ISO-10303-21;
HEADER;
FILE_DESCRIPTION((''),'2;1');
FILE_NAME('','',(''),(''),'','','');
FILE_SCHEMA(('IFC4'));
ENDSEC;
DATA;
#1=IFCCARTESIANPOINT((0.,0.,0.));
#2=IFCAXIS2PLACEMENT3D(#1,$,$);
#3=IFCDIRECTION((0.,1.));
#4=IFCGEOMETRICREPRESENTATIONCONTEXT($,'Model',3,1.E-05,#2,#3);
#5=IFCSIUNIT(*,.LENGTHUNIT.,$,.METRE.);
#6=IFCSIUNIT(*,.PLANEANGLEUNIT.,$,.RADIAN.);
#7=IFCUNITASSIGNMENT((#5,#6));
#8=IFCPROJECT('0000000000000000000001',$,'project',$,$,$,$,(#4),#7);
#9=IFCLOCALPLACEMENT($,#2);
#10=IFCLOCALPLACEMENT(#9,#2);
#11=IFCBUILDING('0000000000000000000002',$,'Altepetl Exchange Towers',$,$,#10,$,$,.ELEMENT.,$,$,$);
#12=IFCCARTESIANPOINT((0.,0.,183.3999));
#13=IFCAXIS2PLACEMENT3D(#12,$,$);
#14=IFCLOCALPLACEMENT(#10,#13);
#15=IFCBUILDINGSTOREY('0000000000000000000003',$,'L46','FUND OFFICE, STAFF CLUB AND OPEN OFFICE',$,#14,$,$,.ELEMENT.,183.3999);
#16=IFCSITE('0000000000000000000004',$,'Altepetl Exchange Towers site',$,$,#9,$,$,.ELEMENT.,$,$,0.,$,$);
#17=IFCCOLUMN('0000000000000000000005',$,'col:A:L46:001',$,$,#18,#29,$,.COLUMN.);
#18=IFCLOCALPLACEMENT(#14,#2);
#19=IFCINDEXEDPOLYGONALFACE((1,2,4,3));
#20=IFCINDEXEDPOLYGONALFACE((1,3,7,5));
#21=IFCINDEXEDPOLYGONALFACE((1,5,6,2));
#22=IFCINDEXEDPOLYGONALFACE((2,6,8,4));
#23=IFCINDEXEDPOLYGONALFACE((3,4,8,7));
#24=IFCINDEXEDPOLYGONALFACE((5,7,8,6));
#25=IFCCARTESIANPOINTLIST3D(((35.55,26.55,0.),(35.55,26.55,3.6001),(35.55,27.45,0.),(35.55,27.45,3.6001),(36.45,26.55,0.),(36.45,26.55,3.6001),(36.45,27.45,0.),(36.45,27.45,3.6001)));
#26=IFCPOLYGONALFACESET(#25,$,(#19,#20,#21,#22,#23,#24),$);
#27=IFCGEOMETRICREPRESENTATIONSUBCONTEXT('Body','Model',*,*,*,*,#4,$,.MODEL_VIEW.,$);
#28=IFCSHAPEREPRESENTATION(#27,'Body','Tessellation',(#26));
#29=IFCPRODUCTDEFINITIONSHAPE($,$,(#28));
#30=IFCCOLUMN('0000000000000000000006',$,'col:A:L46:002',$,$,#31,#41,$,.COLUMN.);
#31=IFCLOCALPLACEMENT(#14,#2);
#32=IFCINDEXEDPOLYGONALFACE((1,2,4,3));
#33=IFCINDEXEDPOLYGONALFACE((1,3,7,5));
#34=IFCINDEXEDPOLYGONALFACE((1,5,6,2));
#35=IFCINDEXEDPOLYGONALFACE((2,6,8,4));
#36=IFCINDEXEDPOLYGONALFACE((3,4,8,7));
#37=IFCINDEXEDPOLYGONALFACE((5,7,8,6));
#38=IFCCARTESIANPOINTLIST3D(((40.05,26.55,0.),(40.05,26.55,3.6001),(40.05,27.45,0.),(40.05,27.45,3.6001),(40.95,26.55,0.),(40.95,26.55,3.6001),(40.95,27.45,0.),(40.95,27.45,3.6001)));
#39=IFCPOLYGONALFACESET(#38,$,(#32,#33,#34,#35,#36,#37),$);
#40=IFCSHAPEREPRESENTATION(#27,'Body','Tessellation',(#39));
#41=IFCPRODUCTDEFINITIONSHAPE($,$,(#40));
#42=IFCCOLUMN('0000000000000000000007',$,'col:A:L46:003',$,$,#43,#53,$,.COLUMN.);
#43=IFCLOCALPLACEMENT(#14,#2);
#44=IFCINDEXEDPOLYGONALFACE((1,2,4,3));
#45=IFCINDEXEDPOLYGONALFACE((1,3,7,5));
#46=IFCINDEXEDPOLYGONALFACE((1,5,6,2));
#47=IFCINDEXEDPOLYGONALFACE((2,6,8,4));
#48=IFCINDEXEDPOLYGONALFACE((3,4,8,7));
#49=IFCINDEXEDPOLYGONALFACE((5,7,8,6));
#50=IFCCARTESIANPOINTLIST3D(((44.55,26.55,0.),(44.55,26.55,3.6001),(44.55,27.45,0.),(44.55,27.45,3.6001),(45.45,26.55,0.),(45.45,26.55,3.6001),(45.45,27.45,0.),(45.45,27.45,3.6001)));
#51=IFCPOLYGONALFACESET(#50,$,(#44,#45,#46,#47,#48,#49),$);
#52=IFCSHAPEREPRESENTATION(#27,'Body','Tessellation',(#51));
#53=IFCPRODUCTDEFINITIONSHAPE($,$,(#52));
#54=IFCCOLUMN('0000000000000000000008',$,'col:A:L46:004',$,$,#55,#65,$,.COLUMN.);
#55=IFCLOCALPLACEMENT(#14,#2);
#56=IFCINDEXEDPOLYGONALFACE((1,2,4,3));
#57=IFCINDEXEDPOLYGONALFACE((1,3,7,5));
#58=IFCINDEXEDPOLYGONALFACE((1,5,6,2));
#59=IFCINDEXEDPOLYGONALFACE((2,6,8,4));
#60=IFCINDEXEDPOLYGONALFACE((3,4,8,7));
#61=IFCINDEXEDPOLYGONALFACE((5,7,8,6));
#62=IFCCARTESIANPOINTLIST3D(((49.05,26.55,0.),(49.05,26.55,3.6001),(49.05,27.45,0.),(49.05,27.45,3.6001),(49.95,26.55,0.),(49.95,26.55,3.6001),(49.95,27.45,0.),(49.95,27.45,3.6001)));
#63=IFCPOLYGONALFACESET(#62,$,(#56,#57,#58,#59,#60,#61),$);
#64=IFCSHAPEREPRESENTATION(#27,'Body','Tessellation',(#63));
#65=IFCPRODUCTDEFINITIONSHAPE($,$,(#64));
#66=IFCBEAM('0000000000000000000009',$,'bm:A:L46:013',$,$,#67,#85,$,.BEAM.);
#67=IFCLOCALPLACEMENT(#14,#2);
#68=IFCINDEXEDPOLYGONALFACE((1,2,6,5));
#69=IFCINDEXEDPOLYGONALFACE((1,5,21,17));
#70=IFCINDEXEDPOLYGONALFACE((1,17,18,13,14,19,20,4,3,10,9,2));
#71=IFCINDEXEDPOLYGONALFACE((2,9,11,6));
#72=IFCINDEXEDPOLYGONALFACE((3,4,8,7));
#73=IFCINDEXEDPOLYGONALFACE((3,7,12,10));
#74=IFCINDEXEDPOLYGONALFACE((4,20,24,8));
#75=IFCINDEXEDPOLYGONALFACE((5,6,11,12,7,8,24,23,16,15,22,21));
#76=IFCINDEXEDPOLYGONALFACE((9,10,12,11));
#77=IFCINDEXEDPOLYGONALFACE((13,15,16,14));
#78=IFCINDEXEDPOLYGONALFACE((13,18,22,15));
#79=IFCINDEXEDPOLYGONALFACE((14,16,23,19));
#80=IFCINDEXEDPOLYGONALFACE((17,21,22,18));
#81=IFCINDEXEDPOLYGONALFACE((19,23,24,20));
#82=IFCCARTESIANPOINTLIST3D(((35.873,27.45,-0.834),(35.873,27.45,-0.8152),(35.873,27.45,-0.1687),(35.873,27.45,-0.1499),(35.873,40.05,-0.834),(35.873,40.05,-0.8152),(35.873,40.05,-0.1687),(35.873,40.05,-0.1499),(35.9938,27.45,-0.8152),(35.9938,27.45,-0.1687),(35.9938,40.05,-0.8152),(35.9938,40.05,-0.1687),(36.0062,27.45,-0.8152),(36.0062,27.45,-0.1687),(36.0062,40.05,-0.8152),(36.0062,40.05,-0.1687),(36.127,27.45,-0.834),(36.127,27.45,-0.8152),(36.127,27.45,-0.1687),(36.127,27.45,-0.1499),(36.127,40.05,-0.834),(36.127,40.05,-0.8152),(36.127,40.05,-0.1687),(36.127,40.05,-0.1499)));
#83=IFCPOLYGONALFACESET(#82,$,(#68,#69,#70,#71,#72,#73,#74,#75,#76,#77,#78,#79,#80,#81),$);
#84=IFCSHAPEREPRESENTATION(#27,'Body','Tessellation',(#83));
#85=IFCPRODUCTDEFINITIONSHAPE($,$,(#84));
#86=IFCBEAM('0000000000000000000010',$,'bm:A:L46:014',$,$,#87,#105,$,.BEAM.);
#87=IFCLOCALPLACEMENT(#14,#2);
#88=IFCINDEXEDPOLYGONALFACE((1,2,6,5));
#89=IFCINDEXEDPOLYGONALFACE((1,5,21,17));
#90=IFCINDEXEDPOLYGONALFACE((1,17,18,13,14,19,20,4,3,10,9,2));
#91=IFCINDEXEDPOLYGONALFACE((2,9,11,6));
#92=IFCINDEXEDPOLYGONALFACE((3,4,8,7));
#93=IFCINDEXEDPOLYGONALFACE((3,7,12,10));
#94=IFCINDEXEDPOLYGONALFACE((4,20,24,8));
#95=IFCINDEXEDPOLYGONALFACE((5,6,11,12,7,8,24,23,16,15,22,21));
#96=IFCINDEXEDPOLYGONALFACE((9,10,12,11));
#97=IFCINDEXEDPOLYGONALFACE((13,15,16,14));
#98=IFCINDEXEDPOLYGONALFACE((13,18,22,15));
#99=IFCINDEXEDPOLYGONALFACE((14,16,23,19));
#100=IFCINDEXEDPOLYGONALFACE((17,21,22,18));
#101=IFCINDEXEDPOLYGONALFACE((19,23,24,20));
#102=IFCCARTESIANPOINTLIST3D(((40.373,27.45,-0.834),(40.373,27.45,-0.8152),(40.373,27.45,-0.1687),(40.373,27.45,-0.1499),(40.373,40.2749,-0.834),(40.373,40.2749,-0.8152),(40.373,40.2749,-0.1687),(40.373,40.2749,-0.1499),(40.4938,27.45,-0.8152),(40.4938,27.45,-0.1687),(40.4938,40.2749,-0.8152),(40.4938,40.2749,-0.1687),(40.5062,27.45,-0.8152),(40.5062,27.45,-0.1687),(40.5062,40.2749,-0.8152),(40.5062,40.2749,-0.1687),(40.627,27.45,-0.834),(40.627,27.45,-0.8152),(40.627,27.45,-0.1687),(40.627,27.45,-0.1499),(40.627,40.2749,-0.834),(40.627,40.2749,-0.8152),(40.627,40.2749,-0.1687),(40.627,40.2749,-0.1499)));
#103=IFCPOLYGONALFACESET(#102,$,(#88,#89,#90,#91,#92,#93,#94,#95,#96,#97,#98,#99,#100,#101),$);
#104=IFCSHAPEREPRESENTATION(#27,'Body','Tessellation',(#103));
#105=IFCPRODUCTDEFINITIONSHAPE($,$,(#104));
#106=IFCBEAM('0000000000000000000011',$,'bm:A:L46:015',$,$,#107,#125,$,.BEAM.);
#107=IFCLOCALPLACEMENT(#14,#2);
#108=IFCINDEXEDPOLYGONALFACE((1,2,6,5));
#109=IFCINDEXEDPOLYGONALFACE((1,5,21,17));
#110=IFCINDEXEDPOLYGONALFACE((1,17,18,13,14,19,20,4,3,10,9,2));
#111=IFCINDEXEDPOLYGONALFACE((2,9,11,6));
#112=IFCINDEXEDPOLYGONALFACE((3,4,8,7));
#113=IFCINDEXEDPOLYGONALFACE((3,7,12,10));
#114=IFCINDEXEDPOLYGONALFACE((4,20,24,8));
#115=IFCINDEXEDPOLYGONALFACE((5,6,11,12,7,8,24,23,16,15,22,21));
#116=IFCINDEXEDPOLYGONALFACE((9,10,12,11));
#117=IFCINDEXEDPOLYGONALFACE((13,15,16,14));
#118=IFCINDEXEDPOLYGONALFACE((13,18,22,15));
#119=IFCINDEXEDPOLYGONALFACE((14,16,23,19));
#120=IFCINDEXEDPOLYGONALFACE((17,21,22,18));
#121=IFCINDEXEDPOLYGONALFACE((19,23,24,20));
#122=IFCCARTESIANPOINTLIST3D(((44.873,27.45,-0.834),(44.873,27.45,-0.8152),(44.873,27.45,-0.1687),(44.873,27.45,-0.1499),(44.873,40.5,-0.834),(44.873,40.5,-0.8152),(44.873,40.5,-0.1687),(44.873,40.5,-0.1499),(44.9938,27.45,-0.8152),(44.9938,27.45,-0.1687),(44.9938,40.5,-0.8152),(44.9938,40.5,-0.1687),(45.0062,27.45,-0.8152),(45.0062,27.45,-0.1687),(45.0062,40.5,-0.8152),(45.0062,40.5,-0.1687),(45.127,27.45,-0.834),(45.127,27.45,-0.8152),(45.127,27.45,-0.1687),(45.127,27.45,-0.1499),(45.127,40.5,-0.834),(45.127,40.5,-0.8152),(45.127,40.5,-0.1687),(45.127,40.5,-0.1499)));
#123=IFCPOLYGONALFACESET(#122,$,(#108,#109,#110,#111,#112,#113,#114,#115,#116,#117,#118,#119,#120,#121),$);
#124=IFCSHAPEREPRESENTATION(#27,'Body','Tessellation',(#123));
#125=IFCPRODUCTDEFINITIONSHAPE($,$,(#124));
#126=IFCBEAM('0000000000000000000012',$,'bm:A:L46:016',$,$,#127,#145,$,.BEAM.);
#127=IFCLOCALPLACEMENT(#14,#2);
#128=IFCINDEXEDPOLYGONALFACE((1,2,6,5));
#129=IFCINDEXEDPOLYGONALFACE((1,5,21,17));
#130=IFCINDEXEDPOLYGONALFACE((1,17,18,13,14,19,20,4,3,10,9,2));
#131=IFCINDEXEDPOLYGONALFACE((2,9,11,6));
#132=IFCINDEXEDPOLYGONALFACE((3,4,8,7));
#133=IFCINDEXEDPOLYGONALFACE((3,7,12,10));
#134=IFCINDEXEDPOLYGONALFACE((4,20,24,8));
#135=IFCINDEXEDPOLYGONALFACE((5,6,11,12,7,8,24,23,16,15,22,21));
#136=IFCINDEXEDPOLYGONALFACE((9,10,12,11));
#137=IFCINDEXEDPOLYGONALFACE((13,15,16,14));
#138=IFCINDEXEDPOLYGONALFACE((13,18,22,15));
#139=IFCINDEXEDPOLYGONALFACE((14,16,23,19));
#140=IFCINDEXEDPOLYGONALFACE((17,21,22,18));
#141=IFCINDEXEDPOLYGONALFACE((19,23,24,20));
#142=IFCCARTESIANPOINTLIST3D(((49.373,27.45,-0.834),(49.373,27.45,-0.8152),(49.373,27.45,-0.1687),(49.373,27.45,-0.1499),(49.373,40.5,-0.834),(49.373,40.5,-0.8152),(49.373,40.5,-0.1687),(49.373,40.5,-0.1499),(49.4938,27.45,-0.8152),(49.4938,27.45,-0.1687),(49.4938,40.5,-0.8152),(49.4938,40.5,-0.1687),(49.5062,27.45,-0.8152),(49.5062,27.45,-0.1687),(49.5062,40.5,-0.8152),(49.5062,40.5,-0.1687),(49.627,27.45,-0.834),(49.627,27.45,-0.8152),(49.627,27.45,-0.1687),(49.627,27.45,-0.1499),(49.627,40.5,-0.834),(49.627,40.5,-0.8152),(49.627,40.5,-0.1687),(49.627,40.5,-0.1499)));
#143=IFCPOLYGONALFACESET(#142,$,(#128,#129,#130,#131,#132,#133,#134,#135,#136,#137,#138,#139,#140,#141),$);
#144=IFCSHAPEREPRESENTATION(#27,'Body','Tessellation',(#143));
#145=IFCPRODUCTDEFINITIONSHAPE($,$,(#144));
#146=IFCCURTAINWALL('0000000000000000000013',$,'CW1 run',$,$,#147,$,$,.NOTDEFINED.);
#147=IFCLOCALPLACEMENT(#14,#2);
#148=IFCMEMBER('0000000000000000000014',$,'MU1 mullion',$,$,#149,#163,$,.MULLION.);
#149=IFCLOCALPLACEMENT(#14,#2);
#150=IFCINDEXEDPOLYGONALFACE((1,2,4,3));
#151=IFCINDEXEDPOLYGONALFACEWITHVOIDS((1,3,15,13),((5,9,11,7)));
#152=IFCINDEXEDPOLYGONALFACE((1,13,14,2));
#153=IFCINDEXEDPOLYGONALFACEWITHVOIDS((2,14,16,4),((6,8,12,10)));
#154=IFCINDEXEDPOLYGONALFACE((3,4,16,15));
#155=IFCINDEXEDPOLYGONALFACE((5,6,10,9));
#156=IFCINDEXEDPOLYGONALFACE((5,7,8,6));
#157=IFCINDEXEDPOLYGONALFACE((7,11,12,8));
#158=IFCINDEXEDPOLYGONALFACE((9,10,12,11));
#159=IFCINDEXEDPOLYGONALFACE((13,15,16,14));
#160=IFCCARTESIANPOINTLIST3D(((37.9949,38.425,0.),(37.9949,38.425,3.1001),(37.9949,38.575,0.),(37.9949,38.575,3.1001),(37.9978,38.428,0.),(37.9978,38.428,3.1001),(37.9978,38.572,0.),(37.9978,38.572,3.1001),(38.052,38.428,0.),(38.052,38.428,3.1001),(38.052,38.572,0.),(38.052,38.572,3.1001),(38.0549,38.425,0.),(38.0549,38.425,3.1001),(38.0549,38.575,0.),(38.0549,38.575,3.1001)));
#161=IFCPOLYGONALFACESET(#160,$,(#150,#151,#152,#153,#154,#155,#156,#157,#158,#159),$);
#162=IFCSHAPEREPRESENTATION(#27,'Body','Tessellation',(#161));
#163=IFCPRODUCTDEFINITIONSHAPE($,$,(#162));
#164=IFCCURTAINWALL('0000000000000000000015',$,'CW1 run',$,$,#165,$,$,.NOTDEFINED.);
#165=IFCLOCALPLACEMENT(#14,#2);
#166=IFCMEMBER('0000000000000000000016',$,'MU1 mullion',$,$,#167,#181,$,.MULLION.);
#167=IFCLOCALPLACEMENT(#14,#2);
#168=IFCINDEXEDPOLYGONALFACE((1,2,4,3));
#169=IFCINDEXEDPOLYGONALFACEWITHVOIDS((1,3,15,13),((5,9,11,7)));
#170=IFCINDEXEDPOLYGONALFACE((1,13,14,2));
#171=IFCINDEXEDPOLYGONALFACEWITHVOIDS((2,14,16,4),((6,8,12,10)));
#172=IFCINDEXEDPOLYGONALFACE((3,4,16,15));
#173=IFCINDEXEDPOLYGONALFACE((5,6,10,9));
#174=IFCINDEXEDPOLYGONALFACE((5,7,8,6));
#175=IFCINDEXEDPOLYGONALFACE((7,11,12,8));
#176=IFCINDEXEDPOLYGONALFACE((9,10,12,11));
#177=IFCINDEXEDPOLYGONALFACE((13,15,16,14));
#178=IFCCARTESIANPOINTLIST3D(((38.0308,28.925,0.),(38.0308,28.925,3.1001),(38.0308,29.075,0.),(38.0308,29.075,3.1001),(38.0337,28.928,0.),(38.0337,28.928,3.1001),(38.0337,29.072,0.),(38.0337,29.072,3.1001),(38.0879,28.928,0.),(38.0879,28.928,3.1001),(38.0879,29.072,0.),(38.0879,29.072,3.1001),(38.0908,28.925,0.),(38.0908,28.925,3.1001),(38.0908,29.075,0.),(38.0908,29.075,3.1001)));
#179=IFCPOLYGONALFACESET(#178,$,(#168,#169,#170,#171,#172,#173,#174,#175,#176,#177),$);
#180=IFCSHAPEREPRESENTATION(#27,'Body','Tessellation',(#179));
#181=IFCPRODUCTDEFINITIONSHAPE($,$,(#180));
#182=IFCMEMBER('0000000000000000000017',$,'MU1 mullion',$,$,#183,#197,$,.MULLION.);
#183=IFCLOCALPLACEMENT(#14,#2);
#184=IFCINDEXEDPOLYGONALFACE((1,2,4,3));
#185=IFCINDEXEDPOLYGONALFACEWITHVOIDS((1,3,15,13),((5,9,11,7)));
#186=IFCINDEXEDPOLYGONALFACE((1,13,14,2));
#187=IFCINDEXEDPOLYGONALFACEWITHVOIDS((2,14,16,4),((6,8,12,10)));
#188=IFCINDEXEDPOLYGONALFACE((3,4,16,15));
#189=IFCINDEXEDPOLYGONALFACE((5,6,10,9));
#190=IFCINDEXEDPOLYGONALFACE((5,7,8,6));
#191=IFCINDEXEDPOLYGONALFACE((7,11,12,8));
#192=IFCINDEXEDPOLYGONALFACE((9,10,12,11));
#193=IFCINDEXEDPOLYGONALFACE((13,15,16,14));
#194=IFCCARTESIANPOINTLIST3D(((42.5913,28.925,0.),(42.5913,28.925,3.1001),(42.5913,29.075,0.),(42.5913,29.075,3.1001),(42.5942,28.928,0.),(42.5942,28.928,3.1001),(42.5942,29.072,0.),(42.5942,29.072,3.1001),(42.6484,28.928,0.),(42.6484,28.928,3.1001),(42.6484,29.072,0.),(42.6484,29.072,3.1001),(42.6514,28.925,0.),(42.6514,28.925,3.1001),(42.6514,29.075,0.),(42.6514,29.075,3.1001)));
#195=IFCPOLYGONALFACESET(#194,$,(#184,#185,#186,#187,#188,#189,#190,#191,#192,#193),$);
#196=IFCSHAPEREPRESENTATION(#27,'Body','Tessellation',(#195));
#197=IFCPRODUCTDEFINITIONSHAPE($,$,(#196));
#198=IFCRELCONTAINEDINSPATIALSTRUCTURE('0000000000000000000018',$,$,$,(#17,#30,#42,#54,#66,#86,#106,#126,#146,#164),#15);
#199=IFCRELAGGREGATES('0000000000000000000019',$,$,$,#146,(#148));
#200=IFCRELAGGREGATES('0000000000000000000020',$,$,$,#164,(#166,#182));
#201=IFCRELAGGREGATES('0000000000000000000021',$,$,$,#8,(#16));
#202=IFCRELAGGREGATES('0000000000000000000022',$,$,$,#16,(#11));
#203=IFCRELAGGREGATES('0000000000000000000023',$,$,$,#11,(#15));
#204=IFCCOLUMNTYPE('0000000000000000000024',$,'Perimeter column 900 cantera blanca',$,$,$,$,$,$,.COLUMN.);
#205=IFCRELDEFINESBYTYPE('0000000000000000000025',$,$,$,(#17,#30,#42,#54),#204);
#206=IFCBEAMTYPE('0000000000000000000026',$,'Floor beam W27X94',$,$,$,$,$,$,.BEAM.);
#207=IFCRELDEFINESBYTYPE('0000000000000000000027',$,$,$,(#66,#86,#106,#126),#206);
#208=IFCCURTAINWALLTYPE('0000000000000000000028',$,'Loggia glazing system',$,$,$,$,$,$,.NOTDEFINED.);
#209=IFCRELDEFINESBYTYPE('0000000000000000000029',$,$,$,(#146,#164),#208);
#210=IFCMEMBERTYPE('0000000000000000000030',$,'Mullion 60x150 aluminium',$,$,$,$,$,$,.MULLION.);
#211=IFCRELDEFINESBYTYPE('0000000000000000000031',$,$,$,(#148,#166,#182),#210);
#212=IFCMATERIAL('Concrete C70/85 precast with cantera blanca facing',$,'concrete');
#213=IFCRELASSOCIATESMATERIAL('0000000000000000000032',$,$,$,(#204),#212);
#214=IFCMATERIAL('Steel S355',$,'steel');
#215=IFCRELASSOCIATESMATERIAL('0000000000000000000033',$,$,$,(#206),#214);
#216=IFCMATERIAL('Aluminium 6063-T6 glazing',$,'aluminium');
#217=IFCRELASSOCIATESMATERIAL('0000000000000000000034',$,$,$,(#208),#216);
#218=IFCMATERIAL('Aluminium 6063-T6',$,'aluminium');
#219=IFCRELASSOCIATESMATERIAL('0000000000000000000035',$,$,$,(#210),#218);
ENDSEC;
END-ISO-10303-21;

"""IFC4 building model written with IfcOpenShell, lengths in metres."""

from ifc_helpers import new_model, si_unit, direction, frame, origin, origin_2d, place, context, subcontext, project, spatial, rectangle, hollow_rectangle, i_section, extrude, material, material_profile, profile_set, type_object, element, aggregate, save


model = new_model("IFC4")

# Units and contexts
model_context = context("Model", 3, precision=1e-05, world=origin(), true_north=direction((0.0, 1.0)))
body_context = subcontext(model_context, "Body", "Model", "MODEL_VIEW")
ifc_project = project(units=[si_unit("LENGTHUNIT", "METRE"), si_unit("PLANEANGLEUNIT", "RADIAN")], contexts=[model_context])

# Site, building, storey
site_placement = place(None, origin())
site = spatial("IfcSite", under=ifc_project, at=site_placement, Name="Altepetl Exchange Towers site", CompositionType="ELEMENT", RefElevation=0.0)
building_placement = place(site_placement, origin())
building = spatial("IfcBuilding", under=site, at=building_placement, Name="Altepetl Exchange Towers", CompositionType="ELEMENT")
storey_placement = place(building_placement, frame((0.0, 0.0, 183.3999)))
storey = spatial("IfcBuildingStorey", under=building, at=storey_placement, Name="L46", Description="FUND OFFICE, STAFF CLUB AND OPEN OFFICE", CompositionType="ELEMENT", Elevation=183.3999)

# Columns
ifc_material_1 = material(Name="Concrete C70/85 precast with cantera blanca facing", Category="concrete")
ifc_material_profile_1 = material_profile(ifc_material_1, rectangle(XDim=0.8999, YDim=0.8999, at=origin_2d()), Name="900 x 900")
ifc_profile_set_1 = profile_set([ifc_material_profile_1], Name="Concrete C70/85 precast with cantera blanca facing")
column_type = type_object("IfcColumnType", Name="Perimeter column 900 cantera blanca", PredefinedType="COLUMN", material=ifc_profile_set_1)
for number, where, name in (
    (1, (36.0, 27.0, 0.0), "col:A:L46:001"),
    (2, (40.5, 27.0, 0.0), "col:A:L46:002"),
    (3, (45.0, 27.0, 0.0), "col:A:L46:003"),
    (4, (49.5, 27.0, 0.0), "col:A:L46:004"),
):
    element("IfcColumn", number, at=place(storey_placement, frame(where)), inside=storey, type_object=column_type, Name=name, PredefinedType="COLUMN", context=body_context, shape_type="SweptSolid", body=[
        extrude(rectangle(XDim=0.8999, YDim=0.8999, at=origin_2d()), origin(), (0.0, 0.0, 1.0), 3.6001),
    ])

# Beams
ifc_material_2 = material(Name="Steel S355", Category="steel")
ifc_material_profile_2 = material_profile(ifc_material_2, i_section(OverallWidth=0.2539, OverallDepth=0.6841, WebThickness=0.0125, FlangeThickness=0.0188, at=origin_2d()), Name="W27X94")
ifc_profile_set_2 = profile_set([ifc_material_profile_2], Name="Steel S355")
beam_type_1 = type_object("IfcBeamType", Name="Floor beam W27X94", PredefinedType="BEAM", material=ifc_profile_set_2)
beam_1_placement = place(storey_placement, frame((36.0, 27.45, -0.4919), z_axis=(0.0, 1.0, 0.0), x_axis=(-1.0, 0.0, 0.0)))
element("IfcBeam", 5, at=beam_1_placement, inside=storey, type_object=beam_type_1, Name="bm:A:L46:013", PredefinedType="BEAM", context=body_context, shape_type="SweptSolid", body=[
    extrude(i_section(OverallWidth=0.2539, OverallDepth=0.6841, WebThickness=0.0125, FlangeThickness=0.0188, at=origin_2d()), origin(), (0.0, 0.0, 1.0), 12.6001),
])
beam_2_placement = place(storey_placement, frame((40.5, 27.45, -0.4919), z_axis=(0.0, 1.0, 0.0), x_axis=(-1.0, 0.0, 0.0)))
element("IfcBeam", 6, at=beam_2_placement, inside=storey, type_object=beam_type_1, Name="bm:A:L46:014", PredefinedType="BEAM", context=body_context, shape_type="SweptSolid", body=[
    extrude(i_section(OverallWidth=0.2539, OverallDepth=0.6841, WebThickness=0.0125, FlangeThickness=0.0188, at=origin_2d()), origin(), (0.0, 0.0, 1.0), 12.825),
])
for number, where, z_axis, x_axis, name in (
    (7, (45.0, 27.45, -0.4919), (0.0, 1.0, 0.0), (-1.0, 0.0, 0.0), "bm:A:L46:015"),
    (8, (49.5, 27.45, -0.4919), (0.0, 1.0, 0.0), (-1.0, 0.0, 0.0), "bm:A:L46:016"),
):
    element("IfcBeam", number, at=place(storey_placement, frame(where, z_axis=z_axis, x_axis=x_axis)), inside=storey, type_object=beam_type_1, Name=name, PredefinedType="BEAM", context=body_context, shape_type="SweptSolid", body=[
        extrude(i_section(OverallWidth=0.2539, OverallDepth=0.6841, WebThickness=0.0125, FlangeThickness=0.0188, at=origin_2d()), origin(), (0.0, 0.0, 1.0), 13.05),
    ])

# Curtain wall, member
ifc_material_3 = material(Name="Aluminium 6063-T6 glazing", Category="aluminium")
curtain_wall_type = type_object("IfcCurtainWallType", Name="Loggia glazing system", PredefinedType="NOTDEFINED", material=ifc_material_3)
curtain_wall_1_placement = place(storey_placement, origin())
curtain_wall_1 = element("IfcCurtainWall", 9, at=curtain_wall_1_placement, inside=storey, type_object=curtain_wall_type, Name="CW1 run", PredefinedType="NOTDEFINED")
ifc_material_4 = material(Name="Aluminium 6063-T6", Category="aluminium")
ifc_material_profile_3 = material_profile(ifc_material_4, hollow_rectangle(XDim=0.0601, YDim=0.1499, WallThickness=0.0029, at=origin_2d()), Name="Mullion 60x150 aluminium")
ifc_profile_set_3 = profile_set([ifc_material_profile_3], Name="Aluminium 6063-T6")
member_type = type_object("IfcMemberType", Name="Mullion 60x150 aluminium", PredefinedType="MULLION", material=ifc_profile_set_3)
member_1_placement = place(storey_placement, frame((38.0249, 38.5, 0.0), z_axis=(0.0, 0.0, 1.0), x_axis=(-1.0, 0.0, 0.0)))
member_1 = element("IfcMember", 10, at=member_1_placement, type_object=member_type, Name="MU1 mullion", PredefinedType="MULLION", context=body_context, shape_type="SweptSolid", body=[
    extrude(hollow_rectangle(XDim=0.0601, YDim=0.1499, WallThickness=0.0029, at=origin_2d()), origin(), (0.0, 0.0, 1.0), 3.1001),
])

# Curtain wall, members
curtain_wall_2_placement = place(storey_placement, origin())
curtain_wall_2 = element("IfcCurtainWall", 11, at=curtain_wall_2_placement, inside=storey, type_object=curtain_wall_type, Name="CW1 run", PredefinedType="NOTDEFINED")
member_2_placement = place(storey_placement, frame((38.0608, 29.0, 0.0)))
member_2 = element("IfcMember", 12, at=member_2_placement, type_object=member_type, Name="MU1 mullion", PredefinedType="MULLION", context=body_context, shape_type="SweptSolid", body=[
    extrude(hollow_rectangle(XDim=0.0601, YDim=0.1499, WallThickness=0.0029, at=origin_2d()), origin(), (0.0, 0.0, 1.0), 3.1001),
])
member_3_placement = place(storey_placement, frame((42.6213, 29.0, 0.0)))
member_3 = element("IfcMember", 13, at=member_3_placement, type_object=member_type, Name="MU1 mullion", PredefinedType="MULLION", context=body_context, shape_type="SweptSolid", body=[
    extrude(hollow_rectangle(XDim=0.0601, YDim=0.1499, WallThickness=0.0029, at=origin_2d()), origin(), (0.0, 0.0, 1.0), 3.1001),
])

aggregate(curtain_wall_1, [member_1])
aggregate(curtain_wall_2, [member_2, member_3])

save(model, "model.ifc")
